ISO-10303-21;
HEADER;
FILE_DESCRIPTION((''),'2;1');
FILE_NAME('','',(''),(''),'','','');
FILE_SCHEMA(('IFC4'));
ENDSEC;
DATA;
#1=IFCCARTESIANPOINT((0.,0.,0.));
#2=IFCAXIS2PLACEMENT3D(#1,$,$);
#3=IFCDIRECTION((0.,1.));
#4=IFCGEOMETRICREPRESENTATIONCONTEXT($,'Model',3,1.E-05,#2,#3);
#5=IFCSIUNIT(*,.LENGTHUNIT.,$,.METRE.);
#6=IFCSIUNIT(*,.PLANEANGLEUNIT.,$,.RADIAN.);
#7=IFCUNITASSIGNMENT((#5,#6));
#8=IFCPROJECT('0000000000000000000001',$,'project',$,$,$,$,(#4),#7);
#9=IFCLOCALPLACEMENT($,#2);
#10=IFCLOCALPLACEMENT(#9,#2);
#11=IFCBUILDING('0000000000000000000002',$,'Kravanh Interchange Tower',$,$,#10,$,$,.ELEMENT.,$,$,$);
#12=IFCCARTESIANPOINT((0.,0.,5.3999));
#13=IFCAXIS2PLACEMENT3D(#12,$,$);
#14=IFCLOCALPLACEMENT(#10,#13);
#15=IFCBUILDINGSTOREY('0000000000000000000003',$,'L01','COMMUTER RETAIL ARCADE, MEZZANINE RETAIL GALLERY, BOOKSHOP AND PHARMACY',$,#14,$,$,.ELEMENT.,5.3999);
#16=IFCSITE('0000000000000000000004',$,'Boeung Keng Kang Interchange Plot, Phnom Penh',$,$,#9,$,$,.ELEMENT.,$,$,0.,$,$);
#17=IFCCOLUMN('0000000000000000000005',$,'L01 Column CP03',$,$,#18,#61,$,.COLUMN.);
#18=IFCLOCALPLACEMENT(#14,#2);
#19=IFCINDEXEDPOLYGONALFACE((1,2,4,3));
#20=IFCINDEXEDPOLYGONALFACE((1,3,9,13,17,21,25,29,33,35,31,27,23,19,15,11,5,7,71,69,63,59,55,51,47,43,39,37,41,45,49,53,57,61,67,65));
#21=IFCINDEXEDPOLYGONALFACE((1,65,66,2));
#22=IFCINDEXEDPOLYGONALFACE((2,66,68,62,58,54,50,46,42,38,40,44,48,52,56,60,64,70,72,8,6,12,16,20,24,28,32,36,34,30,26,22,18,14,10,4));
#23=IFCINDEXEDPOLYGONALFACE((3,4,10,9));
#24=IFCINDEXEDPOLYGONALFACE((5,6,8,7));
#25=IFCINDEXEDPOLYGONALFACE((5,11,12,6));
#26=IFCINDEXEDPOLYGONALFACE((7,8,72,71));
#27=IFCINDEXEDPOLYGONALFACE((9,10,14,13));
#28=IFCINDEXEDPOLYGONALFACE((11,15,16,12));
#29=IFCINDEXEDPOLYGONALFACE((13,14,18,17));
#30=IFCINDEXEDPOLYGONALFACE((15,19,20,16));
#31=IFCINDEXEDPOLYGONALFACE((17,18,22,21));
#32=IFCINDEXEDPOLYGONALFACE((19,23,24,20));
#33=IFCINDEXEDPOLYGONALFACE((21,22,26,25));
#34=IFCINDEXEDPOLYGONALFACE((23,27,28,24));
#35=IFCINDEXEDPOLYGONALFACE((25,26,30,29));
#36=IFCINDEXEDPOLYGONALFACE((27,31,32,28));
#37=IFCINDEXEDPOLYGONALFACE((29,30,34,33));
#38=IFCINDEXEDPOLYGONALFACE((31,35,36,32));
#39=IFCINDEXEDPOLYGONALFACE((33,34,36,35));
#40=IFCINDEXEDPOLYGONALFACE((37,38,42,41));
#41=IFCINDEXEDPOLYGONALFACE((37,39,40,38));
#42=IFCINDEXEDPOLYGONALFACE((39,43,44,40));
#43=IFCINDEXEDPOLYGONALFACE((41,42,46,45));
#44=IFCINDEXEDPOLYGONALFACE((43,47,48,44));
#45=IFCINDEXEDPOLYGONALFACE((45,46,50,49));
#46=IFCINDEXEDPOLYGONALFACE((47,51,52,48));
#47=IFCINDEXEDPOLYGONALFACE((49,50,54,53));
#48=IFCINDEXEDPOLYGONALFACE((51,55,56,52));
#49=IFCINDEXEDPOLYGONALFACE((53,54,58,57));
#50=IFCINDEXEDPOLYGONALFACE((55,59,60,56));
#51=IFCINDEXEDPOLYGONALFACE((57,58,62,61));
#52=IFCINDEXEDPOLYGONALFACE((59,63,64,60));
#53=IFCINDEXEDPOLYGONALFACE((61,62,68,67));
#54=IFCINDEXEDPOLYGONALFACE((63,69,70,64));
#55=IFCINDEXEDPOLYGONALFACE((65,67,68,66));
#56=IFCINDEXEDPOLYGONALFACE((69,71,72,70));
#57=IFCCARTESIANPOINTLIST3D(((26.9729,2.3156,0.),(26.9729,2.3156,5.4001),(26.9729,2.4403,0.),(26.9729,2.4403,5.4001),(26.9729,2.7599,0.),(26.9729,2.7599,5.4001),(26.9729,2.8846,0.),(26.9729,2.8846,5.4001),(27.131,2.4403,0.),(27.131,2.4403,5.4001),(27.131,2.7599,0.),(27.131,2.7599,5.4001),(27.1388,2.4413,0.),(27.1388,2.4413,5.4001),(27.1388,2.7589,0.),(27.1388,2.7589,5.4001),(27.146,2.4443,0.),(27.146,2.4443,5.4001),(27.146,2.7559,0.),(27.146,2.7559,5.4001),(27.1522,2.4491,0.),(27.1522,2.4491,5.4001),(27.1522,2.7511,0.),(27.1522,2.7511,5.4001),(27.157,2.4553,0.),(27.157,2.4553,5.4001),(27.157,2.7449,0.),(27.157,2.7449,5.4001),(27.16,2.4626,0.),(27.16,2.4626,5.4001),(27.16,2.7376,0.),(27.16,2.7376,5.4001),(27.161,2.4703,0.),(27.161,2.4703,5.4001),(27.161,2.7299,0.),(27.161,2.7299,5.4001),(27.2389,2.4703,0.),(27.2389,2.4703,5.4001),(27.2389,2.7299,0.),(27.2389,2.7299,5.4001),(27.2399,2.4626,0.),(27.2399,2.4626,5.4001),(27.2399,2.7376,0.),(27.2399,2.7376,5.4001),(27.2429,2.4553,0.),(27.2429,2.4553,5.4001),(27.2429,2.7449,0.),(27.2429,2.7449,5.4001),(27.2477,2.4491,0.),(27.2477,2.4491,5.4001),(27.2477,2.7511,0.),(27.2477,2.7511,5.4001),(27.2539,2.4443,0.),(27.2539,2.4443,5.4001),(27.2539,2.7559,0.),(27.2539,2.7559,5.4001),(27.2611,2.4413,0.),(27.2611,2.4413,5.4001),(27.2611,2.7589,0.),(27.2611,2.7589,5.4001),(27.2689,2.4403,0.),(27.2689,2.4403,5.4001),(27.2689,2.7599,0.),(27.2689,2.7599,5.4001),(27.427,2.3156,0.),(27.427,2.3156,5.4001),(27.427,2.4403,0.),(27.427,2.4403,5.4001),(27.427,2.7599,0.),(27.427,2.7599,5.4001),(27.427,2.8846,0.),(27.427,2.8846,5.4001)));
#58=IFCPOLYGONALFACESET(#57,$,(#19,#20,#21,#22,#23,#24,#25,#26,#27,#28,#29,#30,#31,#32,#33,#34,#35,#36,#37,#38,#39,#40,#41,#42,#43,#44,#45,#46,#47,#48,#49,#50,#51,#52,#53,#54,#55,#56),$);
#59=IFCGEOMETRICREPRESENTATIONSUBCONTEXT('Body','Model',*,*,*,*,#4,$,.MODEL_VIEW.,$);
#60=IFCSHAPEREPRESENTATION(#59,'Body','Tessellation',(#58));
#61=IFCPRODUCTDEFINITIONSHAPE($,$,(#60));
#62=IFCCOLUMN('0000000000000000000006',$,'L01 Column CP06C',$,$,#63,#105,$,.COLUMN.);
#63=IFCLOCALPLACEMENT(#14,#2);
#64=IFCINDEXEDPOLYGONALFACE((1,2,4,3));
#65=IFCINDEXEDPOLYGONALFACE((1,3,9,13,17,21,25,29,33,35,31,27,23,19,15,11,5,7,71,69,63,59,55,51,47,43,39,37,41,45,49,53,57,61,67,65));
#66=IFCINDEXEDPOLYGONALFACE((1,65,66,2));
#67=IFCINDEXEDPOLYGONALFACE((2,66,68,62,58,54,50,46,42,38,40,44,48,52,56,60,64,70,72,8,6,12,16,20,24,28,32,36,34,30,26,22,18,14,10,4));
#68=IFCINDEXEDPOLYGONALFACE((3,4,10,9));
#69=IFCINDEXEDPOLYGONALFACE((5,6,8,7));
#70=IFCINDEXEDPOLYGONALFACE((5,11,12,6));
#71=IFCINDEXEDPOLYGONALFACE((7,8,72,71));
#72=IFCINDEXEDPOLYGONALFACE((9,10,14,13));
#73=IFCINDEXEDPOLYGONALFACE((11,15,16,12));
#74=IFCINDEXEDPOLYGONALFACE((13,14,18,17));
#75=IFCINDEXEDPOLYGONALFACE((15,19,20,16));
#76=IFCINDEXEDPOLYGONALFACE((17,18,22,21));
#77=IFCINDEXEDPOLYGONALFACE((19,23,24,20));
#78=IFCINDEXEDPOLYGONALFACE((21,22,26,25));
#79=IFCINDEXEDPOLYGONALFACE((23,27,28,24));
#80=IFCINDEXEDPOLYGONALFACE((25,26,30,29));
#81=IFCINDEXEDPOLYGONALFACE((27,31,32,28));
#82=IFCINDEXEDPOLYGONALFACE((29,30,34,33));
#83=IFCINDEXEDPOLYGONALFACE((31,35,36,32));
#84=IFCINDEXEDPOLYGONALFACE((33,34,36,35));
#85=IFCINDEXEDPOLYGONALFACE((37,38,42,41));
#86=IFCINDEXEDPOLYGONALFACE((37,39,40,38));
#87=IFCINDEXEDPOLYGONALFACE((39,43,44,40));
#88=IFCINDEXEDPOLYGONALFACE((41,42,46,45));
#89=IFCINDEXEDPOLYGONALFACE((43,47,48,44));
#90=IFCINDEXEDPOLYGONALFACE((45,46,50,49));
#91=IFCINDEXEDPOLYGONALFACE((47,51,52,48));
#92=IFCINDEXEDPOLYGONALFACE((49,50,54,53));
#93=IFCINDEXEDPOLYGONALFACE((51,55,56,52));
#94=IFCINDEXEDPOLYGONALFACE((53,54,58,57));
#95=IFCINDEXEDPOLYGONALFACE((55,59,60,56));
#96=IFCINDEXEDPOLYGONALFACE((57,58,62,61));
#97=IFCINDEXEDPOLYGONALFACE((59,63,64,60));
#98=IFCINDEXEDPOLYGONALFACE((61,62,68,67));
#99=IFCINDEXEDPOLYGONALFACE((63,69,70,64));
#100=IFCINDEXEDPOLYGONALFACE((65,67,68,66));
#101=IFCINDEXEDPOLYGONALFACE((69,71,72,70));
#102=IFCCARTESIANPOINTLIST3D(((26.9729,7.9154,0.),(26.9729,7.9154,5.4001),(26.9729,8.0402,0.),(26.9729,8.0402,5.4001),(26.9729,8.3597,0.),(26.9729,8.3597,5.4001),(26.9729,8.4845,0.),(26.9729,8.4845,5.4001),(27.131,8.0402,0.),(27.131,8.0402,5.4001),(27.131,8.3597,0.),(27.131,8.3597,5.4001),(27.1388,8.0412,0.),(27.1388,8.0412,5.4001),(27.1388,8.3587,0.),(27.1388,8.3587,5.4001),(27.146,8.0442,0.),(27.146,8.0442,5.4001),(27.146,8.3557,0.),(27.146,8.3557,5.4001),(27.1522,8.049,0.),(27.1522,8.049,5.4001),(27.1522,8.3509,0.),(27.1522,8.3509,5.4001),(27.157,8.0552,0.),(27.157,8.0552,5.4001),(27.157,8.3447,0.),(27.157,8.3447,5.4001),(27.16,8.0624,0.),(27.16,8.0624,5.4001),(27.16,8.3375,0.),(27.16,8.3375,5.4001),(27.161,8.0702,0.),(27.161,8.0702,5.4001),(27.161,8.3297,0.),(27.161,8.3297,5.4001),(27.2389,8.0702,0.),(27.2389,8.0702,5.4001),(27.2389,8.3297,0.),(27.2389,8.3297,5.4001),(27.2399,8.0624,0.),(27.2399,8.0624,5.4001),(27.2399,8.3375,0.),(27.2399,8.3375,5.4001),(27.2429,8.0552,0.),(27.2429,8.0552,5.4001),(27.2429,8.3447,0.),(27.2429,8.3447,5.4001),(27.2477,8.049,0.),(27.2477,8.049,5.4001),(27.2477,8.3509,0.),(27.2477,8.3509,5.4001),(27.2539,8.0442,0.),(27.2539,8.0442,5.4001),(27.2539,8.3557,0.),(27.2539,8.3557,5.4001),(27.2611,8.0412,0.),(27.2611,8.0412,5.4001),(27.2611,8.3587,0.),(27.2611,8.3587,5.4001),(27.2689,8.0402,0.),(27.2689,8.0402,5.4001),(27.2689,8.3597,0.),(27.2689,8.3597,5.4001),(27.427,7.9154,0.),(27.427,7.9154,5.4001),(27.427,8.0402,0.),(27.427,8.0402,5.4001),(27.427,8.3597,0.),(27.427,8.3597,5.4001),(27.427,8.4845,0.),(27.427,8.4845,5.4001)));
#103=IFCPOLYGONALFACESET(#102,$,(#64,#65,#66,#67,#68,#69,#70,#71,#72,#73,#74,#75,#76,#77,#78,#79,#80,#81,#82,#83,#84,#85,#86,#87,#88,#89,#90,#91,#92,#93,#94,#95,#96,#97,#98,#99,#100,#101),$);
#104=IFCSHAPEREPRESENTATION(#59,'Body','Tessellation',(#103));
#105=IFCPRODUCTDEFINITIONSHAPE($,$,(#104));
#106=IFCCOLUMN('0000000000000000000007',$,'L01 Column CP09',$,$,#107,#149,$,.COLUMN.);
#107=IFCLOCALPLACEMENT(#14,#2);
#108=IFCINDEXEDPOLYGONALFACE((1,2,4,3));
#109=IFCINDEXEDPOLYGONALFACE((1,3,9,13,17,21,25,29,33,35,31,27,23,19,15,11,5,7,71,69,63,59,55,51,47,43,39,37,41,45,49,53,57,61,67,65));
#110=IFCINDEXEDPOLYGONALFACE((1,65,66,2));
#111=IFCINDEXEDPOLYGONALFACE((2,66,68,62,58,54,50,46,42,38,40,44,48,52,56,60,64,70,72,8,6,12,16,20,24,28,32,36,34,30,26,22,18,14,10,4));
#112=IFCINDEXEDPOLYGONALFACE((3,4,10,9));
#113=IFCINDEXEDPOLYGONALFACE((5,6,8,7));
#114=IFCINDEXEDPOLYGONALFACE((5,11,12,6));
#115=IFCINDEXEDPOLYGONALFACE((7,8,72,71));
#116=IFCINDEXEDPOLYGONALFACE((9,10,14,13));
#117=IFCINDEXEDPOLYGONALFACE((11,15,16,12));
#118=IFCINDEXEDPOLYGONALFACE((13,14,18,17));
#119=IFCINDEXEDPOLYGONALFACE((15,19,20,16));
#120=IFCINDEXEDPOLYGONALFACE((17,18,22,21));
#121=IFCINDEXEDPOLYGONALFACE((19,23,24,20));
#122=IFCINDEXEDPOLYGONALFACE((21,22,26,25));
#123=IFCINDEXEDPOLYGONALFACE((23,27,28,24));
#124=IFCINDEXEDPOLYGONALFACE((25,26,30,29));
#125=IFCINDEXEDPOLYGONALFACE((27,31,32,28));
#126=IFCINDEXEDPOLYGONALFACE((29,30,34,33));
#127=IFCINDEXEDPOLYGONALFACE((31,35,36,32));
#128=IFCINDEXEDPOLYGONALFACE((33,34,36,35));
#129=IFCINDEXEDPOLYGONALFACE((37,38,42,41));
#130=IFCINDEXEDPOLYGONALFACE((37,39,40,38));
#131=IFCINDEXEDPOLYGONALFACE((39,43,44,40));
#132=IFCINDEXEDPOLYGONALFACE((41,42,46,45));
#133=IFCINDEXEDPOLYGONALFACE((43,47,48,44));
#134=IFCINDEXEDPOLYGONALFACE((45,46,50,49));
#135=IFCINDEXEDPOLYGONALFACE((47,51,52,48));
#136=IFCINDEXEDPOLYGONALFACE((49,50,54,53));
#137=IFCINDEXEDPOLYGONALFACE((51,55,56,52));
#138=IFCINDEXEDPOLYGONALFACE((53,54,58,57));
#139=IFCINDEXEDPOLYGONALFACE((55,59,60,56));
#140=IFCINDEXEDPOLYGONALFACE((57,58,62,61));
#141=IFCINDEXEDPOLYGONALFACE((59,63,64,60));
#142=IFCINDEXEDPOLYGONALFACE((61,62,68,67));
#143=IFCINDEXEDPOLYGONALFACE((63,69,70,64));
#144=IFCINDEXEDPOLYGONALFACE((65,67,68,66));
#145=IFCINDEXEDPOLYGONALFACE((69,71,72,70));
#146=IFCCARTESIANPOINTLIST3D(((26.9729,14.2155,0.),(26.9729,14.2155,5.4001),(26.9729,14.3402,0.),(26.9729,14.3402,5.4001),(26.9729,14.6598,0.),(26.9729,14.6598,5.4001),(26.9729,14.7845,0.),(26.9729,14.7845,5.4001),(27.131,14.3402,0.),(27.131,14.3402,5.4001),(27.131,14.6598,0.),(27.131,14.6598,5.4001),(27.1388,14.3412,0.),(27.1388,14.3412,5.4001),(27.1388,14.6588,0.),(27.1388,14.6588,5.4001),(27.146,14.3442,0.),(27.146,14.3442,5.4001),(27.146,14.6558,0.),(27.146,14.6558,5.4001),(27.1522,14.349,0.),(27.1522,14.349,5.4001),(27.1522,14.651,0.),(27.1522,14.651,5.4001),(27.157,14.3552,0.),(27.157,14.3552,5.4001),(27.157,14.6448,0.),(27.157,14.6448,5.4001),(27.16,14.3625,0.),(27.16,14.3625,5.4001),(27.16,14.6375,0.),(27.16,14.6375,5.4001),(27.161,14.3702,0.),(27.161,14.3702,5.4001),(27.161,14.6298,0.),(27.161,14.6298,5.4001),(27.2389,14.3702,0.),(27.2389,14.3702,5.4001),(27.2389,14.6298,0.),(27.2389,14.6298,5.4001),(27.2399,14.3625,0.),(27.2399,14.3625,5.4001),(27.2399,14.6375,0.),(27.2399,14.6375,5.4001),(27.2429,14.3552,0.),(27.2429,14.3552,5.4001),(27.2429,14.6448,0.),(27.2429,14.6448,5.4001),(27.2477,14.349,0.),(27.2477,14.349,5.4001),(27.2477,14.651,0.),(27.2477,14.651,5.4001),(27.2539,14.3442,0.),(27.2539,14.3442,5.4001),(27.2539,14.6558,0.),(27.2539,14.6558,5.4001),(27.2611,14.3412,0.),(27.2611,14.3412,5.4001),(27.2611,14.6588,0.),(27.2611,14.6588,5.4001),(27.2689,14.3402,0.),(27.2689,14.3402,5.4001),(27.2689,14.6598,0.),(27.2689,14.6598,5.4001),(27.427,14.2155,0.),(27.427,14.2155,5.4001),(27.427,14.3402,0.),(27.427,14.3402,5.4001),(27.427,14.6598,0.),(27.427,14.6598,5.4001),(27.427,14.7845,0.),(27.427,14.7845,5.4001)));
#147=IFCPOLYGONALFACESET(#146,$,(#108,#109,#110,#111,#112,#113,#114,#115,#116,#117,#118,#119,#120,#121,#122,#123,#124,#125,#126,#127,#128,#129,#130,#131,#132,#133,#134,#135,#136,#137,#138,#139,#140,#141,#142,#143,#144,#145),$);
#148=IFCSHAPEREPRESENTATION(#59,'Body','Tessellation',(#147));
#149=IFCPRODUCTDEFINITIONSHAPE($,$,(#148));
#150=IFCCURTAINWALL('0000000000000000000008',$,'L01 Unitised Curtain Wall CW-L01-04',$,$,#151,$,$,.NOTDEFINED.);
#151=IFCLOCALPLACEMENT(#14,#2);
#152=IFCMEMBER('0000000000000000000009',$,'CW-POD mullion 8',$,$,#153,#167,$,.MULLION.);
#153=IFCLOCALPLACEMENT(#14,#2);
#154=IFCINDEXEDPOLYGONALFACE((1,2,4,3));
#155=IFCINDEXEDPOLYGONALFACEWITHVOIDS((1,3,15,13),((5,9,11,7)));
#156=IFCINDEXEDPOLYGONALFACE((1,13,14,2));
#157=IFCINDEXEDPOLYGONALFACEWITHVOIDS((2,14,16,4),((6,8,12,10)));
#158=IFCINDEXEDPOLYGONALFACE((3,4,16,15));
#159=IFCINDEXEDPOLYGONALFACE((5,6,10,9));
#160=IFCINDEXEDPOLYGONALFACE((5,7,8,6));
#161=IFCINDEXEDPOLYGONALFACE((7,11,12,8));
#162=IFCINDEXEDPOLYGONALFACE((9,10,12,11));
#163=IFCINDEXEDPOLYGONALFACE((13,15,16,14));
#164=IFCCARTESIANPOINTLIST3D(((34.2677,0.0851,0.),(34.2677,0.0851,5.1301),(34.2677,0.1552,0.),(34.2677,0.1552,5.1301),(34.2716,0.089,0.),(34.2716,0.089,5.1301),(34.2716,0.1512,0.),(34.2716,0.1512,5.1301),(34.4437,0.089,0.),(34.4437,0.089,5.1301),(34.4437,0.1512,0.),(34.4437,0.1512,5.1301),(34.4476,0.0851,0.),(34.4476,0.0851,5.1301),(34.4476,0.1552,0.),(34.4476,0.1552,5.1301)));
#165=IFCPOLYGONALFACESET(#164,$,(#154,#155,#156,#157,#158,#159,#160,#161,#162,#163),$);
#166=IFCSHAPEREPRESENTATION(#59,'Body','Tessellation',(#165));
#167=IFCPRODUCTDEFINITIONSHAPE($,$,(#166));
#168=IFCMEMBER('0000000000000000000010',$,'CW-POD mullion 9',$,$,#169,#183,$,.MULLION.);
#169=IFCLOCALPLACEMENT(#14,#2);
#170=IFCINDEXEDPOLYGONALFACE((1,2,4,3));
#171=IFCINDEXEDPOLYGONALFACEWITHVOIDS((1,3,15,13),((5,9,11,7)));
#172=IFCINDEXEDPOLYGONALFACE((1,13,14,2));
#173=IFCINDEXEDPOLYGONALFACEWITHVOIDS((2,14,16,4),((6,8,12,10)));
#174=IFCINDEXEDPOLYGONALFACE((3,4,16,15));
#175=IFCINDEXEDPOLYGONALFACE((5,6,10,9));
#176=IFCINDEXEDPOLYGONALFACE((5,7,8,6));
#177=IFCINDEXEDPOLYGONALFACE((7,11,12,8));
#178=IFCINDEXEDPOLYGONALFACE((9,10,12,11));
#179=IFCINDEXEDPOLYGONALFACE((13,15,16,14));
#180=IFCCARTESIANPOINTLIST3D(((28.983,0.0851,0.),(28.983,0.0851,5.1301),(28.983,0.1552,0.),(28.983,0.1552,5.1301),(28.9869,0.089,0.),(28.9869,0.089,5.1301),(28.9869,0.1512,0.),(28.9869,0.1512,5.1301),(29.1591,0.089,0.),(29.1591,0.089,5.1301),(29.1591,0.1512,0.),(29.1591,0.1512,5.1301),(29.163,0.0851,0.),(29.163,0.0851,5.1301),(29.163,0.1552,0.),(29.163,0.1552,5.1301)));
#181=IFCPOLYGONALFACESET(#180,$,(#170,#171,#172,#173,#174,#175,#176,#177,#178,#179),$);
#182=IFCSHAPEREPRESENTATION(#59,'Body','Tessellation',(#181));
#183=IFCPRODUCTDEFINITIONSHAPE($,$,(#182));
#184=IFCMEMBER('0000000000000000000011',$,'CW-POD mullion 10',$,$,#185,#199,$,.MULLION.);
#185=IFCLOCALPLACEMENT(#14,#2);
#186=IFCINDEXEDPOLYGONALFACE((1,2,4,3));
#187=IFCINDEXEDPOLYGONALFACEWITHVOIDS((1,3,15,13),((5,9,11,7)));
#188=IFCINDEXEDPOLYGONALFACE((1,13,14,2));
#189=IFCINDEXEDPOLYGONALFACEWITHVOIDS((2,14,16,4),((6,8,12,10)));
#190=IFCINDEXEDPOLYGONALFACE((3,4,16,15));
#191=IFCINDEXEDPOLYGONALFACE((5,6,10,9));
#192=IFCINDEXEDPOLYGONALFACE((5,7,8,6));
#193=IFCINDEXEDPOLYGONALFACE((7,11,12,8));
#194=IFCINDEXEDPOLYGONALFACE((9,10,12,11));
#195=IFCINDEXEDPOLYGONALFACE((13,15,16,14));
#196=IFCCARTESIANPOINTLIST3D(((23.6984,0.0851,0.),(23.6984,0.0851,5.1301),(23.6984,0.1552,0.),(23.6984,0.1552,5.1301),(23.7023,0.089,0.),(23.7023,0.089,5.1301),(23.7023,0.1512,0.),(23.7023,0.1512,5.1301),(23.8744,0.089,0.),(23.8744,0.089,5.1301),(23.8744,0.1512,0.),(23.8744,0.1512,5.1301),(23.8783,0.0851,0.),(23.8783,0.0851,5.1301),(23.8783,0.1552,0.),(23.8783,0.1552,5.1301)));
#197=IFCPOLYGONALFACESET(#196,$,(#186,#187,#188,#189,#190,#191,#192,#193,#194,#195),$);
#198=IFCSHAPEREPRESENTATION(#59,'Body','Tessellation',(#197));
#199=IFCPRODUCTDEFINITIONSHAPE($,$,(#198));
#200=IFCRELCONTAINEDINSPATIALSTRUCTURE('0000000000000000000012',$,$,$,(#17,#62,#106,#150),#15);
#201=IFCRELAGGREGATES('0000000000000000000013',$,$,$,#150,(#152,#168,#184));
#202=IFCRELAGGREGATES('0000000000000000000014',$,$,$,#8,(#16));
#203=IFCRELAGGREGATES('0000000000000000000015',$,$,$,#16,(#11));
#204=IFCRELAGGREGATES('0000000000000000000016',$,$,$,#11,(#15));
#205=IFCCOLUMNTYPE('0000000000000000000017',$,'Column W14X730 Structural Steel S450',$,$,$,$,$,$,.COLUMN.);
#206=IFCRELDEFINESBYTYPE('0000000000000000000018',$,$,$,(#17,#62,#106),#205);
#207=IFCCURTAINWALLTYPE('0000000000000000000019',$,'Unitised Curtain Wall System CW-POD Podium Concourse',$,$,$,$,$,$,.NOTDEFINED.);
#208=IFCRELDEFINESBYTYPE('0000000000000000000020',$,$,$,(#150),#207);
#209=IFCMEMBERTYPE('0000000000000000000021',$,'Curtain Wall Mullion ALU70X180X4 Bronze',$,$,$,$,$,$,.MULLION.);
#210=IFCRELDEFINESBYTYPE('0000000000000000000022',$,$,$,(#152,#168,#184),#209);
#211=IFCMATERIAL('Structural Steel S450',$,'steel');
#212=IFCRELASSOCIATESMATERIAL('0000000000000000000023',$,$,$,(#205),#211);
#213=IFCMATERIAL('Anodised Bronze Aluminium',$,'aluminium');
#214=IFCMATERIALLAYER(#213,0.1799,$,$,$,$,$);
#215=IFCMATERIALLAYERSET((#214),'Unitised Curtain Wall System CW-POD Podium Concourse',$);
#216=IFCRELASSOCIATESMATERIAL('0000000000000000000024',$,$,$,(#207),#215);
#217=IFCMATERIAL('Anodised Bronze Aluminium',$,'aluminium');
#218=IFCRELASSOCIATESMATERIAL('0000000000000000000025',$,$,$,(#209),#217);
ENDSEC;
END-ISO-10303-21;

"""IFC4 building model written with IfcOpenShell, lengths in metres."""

from ifc_helpers import new_model, si_unit, direction, frame, origin, origin_2d, place, context, subcontext, project, spatial, hollow_rectangle, i_section, extrude, material, layer, layer_set, material_profile, profile_set, type_object, element, aggregate, save


model = new_model("IFC4")

# Units and contexts
model_context = context("Model", 3, precision=1e-05, world=origin(), true_north=direction((0.0, 1.0)))
body_context = subcontext(model_context, "Body", "Model", "MODEL_VIEW")
ifc_project = project(units=[si_unit("LENGTHUNIT", "METRE"), si_unit("PLANEANGLEUNIT", "RADIAN")], contexts=[model_context])

# Site, building, storey
site_placement = place(None, origin())
site = spatial("IfcSite", under=ifc_project, at=site_placement, Name="Boeung Keng Kang Interchange Plot, Phnom Penh", CompositionType="ELEMENT", RefElevation=0.0)
building_placement = place(site_placement, origin())
building = spatial("IfcBuilding", under=site, at=building_placement, Name="Kravanh Interchange Tower", CompositionType="ELEMENT")
storey_placement = place(building_placement, frame((0.0, 0.0, 5.3999)))
storey = spatial("IfcBuildingStorey", under=building, at=storey_placement, Name="L01", Description="COMMUTER RETAIL ARCADE, MEZZANINE RETAIL GALLERY, BOOKSHOP AND PHARMACY", CompositionType="ELEMENT", Elevation=5.3999)

# Columns
ifc_material_1 = material(Name="Structural Steel S450", Category="steel")
ifc_material_profile_1 = material_profile(ifc_material_1, i_section(OverallWidth=0.4541, OverallDepth=0.5691, WebThickness=0.0779, FlangeThickness=0.1248, FilletRadius=0.03, at=origin_2d()), Name="W14X730")
ifc_profile_set_1 = profile_set([ifc_material_profile_1], Name="Structural Steel S450")
column_type = type_object("IfcColumnType", Name="Column W14X730 Structural Steel S450", PredefinedType="COLUMN", material=ifc_profile_set_1)
for number, where, z_axis, x_axis, name in (
    (1, (27.2, 2.6001, 0.0), (0.0, 0.0, 1.0), (1.0, 0.0, 0.0), "L01 Column CP03"),
    (2, (27.2, 8.2, 0.0), (0.0, 0.0, 1.0), (1.0, 0.0, 0.0), "L01 Column CP06C"),
    (3, (27.2, 14.5, 0.0), (0.0, 0.0, 1.0), (1.0, 0.0, 0.0), "L01 Column CP09"),
):
    element("IfcColumn", number, at=place(storey_placement, frame(where, z_axis=z_axis, x_axis=x_axis)), inside=storey, type_object=column_type, Name=name, PredefinedType="COLUMN", context=body_context, shape_type="SweptSolid", body=[
        extrude(i_section(OverallWidth=0.4541, OverallDepth=0.5691, WebThickness=0.0779, FlangeThickness=0.1248, FilletRadius=0.03, at=origin_2d()), origin(), (0.0, 0.0, 1.0), 5.4001),
    ])

# Curtain wall, members
ifc_material_2 = material(Name="Anodised Bronze Aluminium", Category="aluminium")
ifc_layer_1 = layer(ifc_material_2, 0.1799)
ifc_layer_set_1 = layer_set([ifc_layer_1], Name="Unitised Curtain Wall System CW-POD Podium Concourse")
curtain_wall_type = type_object("IfcCurtainWallType", Name="Unitised Curtain Wall System CW-POD Podium Concourse", PredefinedType="NOTDEFINED", material=ifc_layer_set_1)
curtain_wall_placement = place(storey_placement, origin())
curtain_wall = element("IfcCurtainWall", 4, at=curtain_wall_placement, inside=storey, type_object=curtain_wall_type, Name="L01 Unitised Curtain Wall CW-L01-04", PredefinedType="NOTDEFINED")
ifc_material_3 = material(Name="Anodised Bronze Aluminium", Category="aluminium")
ifc_material_profile_2 = material_profile(ifc_material_3, hollow_rectangle(XDim=0.0701, YDim=0.1799, WallThickness=0.0039, at=origin_2d()), Name="ALU70X180X4")
ifc_profile_set_2 = profile_set([ifc_material_profile_2], Name="Anodised Bronze Aluminium")
member_type_1 = type_object("IfcMemberType", Name="Curtain Wall Mullion ALU70X180X4 Bronze", PredefinedType="MULLION", material=ifc_profile_set_2)
member_1_placement = place(storey_placement, frame((34.3577, 0.1201, 0.0), z_axis=(0.0, 0.0, 1.0), x_axis=(0.0, -1.0, 0.0)))
member_1 = element("IfcMember", 5, at=member_1_placement, type_object=member_type_1, Name="CW-POD mullion 8", PredefinedType="MULLION", context=body_context, shape_type="SweptSolid", body=[
    extrude(hollow_rectangle(XDim=0.0701, YDim=0.1799, WallThickness=0.0039, at=origin_2d()), origin(), (0.0, 0.0, 1.0), 5.1301),
])
member_2_placement = place(storey_placement, frame((29.073, 0.1201, 0.0), z_axis=(0.0, 0.0, 1.0), x_axis=(0.0, -1.0, 0.0)))
member_2 = element("IfcMember", 6, at=member_2_placement, type_object=member_type_1, Name="CW-POD mullion 9", PredefinedType="MULLION", context=body_context, shape_type="SweptSolid", body=[
    extrude(hollow_rectangle(XDim=0.0701, YDim=0.1799, WallThickness=0.0039, at=origin_2d()), origin(), (0.0, 0.0, 1.0), 5.1301),
])
member_3_placement = place(storey_placement, frame((23.7883, 0.1201, 0.0), z_axis=(0.0, 0.0, 1.0), x_axis=(0.0, -1.0, 0.0)))
member_3 = element("IfcMember", 7, at=member_3_placement, type_object=member_type_1, Name="CW-POD mullion 10", PredefinedType="MULLION", context=body_context, shape_type="SweptSolid", body=[
    extrude(hollow_rectangle(XDim=0.0701, YDim=0.1799, WallThickness=0.0039, at=origin_2d()), origin(), (0.0, 0.0, 1.0), 5.1301),
])

aggregate(curtain_wall, [member_1, member_2, member_3])

save(model, "model.ifc")
